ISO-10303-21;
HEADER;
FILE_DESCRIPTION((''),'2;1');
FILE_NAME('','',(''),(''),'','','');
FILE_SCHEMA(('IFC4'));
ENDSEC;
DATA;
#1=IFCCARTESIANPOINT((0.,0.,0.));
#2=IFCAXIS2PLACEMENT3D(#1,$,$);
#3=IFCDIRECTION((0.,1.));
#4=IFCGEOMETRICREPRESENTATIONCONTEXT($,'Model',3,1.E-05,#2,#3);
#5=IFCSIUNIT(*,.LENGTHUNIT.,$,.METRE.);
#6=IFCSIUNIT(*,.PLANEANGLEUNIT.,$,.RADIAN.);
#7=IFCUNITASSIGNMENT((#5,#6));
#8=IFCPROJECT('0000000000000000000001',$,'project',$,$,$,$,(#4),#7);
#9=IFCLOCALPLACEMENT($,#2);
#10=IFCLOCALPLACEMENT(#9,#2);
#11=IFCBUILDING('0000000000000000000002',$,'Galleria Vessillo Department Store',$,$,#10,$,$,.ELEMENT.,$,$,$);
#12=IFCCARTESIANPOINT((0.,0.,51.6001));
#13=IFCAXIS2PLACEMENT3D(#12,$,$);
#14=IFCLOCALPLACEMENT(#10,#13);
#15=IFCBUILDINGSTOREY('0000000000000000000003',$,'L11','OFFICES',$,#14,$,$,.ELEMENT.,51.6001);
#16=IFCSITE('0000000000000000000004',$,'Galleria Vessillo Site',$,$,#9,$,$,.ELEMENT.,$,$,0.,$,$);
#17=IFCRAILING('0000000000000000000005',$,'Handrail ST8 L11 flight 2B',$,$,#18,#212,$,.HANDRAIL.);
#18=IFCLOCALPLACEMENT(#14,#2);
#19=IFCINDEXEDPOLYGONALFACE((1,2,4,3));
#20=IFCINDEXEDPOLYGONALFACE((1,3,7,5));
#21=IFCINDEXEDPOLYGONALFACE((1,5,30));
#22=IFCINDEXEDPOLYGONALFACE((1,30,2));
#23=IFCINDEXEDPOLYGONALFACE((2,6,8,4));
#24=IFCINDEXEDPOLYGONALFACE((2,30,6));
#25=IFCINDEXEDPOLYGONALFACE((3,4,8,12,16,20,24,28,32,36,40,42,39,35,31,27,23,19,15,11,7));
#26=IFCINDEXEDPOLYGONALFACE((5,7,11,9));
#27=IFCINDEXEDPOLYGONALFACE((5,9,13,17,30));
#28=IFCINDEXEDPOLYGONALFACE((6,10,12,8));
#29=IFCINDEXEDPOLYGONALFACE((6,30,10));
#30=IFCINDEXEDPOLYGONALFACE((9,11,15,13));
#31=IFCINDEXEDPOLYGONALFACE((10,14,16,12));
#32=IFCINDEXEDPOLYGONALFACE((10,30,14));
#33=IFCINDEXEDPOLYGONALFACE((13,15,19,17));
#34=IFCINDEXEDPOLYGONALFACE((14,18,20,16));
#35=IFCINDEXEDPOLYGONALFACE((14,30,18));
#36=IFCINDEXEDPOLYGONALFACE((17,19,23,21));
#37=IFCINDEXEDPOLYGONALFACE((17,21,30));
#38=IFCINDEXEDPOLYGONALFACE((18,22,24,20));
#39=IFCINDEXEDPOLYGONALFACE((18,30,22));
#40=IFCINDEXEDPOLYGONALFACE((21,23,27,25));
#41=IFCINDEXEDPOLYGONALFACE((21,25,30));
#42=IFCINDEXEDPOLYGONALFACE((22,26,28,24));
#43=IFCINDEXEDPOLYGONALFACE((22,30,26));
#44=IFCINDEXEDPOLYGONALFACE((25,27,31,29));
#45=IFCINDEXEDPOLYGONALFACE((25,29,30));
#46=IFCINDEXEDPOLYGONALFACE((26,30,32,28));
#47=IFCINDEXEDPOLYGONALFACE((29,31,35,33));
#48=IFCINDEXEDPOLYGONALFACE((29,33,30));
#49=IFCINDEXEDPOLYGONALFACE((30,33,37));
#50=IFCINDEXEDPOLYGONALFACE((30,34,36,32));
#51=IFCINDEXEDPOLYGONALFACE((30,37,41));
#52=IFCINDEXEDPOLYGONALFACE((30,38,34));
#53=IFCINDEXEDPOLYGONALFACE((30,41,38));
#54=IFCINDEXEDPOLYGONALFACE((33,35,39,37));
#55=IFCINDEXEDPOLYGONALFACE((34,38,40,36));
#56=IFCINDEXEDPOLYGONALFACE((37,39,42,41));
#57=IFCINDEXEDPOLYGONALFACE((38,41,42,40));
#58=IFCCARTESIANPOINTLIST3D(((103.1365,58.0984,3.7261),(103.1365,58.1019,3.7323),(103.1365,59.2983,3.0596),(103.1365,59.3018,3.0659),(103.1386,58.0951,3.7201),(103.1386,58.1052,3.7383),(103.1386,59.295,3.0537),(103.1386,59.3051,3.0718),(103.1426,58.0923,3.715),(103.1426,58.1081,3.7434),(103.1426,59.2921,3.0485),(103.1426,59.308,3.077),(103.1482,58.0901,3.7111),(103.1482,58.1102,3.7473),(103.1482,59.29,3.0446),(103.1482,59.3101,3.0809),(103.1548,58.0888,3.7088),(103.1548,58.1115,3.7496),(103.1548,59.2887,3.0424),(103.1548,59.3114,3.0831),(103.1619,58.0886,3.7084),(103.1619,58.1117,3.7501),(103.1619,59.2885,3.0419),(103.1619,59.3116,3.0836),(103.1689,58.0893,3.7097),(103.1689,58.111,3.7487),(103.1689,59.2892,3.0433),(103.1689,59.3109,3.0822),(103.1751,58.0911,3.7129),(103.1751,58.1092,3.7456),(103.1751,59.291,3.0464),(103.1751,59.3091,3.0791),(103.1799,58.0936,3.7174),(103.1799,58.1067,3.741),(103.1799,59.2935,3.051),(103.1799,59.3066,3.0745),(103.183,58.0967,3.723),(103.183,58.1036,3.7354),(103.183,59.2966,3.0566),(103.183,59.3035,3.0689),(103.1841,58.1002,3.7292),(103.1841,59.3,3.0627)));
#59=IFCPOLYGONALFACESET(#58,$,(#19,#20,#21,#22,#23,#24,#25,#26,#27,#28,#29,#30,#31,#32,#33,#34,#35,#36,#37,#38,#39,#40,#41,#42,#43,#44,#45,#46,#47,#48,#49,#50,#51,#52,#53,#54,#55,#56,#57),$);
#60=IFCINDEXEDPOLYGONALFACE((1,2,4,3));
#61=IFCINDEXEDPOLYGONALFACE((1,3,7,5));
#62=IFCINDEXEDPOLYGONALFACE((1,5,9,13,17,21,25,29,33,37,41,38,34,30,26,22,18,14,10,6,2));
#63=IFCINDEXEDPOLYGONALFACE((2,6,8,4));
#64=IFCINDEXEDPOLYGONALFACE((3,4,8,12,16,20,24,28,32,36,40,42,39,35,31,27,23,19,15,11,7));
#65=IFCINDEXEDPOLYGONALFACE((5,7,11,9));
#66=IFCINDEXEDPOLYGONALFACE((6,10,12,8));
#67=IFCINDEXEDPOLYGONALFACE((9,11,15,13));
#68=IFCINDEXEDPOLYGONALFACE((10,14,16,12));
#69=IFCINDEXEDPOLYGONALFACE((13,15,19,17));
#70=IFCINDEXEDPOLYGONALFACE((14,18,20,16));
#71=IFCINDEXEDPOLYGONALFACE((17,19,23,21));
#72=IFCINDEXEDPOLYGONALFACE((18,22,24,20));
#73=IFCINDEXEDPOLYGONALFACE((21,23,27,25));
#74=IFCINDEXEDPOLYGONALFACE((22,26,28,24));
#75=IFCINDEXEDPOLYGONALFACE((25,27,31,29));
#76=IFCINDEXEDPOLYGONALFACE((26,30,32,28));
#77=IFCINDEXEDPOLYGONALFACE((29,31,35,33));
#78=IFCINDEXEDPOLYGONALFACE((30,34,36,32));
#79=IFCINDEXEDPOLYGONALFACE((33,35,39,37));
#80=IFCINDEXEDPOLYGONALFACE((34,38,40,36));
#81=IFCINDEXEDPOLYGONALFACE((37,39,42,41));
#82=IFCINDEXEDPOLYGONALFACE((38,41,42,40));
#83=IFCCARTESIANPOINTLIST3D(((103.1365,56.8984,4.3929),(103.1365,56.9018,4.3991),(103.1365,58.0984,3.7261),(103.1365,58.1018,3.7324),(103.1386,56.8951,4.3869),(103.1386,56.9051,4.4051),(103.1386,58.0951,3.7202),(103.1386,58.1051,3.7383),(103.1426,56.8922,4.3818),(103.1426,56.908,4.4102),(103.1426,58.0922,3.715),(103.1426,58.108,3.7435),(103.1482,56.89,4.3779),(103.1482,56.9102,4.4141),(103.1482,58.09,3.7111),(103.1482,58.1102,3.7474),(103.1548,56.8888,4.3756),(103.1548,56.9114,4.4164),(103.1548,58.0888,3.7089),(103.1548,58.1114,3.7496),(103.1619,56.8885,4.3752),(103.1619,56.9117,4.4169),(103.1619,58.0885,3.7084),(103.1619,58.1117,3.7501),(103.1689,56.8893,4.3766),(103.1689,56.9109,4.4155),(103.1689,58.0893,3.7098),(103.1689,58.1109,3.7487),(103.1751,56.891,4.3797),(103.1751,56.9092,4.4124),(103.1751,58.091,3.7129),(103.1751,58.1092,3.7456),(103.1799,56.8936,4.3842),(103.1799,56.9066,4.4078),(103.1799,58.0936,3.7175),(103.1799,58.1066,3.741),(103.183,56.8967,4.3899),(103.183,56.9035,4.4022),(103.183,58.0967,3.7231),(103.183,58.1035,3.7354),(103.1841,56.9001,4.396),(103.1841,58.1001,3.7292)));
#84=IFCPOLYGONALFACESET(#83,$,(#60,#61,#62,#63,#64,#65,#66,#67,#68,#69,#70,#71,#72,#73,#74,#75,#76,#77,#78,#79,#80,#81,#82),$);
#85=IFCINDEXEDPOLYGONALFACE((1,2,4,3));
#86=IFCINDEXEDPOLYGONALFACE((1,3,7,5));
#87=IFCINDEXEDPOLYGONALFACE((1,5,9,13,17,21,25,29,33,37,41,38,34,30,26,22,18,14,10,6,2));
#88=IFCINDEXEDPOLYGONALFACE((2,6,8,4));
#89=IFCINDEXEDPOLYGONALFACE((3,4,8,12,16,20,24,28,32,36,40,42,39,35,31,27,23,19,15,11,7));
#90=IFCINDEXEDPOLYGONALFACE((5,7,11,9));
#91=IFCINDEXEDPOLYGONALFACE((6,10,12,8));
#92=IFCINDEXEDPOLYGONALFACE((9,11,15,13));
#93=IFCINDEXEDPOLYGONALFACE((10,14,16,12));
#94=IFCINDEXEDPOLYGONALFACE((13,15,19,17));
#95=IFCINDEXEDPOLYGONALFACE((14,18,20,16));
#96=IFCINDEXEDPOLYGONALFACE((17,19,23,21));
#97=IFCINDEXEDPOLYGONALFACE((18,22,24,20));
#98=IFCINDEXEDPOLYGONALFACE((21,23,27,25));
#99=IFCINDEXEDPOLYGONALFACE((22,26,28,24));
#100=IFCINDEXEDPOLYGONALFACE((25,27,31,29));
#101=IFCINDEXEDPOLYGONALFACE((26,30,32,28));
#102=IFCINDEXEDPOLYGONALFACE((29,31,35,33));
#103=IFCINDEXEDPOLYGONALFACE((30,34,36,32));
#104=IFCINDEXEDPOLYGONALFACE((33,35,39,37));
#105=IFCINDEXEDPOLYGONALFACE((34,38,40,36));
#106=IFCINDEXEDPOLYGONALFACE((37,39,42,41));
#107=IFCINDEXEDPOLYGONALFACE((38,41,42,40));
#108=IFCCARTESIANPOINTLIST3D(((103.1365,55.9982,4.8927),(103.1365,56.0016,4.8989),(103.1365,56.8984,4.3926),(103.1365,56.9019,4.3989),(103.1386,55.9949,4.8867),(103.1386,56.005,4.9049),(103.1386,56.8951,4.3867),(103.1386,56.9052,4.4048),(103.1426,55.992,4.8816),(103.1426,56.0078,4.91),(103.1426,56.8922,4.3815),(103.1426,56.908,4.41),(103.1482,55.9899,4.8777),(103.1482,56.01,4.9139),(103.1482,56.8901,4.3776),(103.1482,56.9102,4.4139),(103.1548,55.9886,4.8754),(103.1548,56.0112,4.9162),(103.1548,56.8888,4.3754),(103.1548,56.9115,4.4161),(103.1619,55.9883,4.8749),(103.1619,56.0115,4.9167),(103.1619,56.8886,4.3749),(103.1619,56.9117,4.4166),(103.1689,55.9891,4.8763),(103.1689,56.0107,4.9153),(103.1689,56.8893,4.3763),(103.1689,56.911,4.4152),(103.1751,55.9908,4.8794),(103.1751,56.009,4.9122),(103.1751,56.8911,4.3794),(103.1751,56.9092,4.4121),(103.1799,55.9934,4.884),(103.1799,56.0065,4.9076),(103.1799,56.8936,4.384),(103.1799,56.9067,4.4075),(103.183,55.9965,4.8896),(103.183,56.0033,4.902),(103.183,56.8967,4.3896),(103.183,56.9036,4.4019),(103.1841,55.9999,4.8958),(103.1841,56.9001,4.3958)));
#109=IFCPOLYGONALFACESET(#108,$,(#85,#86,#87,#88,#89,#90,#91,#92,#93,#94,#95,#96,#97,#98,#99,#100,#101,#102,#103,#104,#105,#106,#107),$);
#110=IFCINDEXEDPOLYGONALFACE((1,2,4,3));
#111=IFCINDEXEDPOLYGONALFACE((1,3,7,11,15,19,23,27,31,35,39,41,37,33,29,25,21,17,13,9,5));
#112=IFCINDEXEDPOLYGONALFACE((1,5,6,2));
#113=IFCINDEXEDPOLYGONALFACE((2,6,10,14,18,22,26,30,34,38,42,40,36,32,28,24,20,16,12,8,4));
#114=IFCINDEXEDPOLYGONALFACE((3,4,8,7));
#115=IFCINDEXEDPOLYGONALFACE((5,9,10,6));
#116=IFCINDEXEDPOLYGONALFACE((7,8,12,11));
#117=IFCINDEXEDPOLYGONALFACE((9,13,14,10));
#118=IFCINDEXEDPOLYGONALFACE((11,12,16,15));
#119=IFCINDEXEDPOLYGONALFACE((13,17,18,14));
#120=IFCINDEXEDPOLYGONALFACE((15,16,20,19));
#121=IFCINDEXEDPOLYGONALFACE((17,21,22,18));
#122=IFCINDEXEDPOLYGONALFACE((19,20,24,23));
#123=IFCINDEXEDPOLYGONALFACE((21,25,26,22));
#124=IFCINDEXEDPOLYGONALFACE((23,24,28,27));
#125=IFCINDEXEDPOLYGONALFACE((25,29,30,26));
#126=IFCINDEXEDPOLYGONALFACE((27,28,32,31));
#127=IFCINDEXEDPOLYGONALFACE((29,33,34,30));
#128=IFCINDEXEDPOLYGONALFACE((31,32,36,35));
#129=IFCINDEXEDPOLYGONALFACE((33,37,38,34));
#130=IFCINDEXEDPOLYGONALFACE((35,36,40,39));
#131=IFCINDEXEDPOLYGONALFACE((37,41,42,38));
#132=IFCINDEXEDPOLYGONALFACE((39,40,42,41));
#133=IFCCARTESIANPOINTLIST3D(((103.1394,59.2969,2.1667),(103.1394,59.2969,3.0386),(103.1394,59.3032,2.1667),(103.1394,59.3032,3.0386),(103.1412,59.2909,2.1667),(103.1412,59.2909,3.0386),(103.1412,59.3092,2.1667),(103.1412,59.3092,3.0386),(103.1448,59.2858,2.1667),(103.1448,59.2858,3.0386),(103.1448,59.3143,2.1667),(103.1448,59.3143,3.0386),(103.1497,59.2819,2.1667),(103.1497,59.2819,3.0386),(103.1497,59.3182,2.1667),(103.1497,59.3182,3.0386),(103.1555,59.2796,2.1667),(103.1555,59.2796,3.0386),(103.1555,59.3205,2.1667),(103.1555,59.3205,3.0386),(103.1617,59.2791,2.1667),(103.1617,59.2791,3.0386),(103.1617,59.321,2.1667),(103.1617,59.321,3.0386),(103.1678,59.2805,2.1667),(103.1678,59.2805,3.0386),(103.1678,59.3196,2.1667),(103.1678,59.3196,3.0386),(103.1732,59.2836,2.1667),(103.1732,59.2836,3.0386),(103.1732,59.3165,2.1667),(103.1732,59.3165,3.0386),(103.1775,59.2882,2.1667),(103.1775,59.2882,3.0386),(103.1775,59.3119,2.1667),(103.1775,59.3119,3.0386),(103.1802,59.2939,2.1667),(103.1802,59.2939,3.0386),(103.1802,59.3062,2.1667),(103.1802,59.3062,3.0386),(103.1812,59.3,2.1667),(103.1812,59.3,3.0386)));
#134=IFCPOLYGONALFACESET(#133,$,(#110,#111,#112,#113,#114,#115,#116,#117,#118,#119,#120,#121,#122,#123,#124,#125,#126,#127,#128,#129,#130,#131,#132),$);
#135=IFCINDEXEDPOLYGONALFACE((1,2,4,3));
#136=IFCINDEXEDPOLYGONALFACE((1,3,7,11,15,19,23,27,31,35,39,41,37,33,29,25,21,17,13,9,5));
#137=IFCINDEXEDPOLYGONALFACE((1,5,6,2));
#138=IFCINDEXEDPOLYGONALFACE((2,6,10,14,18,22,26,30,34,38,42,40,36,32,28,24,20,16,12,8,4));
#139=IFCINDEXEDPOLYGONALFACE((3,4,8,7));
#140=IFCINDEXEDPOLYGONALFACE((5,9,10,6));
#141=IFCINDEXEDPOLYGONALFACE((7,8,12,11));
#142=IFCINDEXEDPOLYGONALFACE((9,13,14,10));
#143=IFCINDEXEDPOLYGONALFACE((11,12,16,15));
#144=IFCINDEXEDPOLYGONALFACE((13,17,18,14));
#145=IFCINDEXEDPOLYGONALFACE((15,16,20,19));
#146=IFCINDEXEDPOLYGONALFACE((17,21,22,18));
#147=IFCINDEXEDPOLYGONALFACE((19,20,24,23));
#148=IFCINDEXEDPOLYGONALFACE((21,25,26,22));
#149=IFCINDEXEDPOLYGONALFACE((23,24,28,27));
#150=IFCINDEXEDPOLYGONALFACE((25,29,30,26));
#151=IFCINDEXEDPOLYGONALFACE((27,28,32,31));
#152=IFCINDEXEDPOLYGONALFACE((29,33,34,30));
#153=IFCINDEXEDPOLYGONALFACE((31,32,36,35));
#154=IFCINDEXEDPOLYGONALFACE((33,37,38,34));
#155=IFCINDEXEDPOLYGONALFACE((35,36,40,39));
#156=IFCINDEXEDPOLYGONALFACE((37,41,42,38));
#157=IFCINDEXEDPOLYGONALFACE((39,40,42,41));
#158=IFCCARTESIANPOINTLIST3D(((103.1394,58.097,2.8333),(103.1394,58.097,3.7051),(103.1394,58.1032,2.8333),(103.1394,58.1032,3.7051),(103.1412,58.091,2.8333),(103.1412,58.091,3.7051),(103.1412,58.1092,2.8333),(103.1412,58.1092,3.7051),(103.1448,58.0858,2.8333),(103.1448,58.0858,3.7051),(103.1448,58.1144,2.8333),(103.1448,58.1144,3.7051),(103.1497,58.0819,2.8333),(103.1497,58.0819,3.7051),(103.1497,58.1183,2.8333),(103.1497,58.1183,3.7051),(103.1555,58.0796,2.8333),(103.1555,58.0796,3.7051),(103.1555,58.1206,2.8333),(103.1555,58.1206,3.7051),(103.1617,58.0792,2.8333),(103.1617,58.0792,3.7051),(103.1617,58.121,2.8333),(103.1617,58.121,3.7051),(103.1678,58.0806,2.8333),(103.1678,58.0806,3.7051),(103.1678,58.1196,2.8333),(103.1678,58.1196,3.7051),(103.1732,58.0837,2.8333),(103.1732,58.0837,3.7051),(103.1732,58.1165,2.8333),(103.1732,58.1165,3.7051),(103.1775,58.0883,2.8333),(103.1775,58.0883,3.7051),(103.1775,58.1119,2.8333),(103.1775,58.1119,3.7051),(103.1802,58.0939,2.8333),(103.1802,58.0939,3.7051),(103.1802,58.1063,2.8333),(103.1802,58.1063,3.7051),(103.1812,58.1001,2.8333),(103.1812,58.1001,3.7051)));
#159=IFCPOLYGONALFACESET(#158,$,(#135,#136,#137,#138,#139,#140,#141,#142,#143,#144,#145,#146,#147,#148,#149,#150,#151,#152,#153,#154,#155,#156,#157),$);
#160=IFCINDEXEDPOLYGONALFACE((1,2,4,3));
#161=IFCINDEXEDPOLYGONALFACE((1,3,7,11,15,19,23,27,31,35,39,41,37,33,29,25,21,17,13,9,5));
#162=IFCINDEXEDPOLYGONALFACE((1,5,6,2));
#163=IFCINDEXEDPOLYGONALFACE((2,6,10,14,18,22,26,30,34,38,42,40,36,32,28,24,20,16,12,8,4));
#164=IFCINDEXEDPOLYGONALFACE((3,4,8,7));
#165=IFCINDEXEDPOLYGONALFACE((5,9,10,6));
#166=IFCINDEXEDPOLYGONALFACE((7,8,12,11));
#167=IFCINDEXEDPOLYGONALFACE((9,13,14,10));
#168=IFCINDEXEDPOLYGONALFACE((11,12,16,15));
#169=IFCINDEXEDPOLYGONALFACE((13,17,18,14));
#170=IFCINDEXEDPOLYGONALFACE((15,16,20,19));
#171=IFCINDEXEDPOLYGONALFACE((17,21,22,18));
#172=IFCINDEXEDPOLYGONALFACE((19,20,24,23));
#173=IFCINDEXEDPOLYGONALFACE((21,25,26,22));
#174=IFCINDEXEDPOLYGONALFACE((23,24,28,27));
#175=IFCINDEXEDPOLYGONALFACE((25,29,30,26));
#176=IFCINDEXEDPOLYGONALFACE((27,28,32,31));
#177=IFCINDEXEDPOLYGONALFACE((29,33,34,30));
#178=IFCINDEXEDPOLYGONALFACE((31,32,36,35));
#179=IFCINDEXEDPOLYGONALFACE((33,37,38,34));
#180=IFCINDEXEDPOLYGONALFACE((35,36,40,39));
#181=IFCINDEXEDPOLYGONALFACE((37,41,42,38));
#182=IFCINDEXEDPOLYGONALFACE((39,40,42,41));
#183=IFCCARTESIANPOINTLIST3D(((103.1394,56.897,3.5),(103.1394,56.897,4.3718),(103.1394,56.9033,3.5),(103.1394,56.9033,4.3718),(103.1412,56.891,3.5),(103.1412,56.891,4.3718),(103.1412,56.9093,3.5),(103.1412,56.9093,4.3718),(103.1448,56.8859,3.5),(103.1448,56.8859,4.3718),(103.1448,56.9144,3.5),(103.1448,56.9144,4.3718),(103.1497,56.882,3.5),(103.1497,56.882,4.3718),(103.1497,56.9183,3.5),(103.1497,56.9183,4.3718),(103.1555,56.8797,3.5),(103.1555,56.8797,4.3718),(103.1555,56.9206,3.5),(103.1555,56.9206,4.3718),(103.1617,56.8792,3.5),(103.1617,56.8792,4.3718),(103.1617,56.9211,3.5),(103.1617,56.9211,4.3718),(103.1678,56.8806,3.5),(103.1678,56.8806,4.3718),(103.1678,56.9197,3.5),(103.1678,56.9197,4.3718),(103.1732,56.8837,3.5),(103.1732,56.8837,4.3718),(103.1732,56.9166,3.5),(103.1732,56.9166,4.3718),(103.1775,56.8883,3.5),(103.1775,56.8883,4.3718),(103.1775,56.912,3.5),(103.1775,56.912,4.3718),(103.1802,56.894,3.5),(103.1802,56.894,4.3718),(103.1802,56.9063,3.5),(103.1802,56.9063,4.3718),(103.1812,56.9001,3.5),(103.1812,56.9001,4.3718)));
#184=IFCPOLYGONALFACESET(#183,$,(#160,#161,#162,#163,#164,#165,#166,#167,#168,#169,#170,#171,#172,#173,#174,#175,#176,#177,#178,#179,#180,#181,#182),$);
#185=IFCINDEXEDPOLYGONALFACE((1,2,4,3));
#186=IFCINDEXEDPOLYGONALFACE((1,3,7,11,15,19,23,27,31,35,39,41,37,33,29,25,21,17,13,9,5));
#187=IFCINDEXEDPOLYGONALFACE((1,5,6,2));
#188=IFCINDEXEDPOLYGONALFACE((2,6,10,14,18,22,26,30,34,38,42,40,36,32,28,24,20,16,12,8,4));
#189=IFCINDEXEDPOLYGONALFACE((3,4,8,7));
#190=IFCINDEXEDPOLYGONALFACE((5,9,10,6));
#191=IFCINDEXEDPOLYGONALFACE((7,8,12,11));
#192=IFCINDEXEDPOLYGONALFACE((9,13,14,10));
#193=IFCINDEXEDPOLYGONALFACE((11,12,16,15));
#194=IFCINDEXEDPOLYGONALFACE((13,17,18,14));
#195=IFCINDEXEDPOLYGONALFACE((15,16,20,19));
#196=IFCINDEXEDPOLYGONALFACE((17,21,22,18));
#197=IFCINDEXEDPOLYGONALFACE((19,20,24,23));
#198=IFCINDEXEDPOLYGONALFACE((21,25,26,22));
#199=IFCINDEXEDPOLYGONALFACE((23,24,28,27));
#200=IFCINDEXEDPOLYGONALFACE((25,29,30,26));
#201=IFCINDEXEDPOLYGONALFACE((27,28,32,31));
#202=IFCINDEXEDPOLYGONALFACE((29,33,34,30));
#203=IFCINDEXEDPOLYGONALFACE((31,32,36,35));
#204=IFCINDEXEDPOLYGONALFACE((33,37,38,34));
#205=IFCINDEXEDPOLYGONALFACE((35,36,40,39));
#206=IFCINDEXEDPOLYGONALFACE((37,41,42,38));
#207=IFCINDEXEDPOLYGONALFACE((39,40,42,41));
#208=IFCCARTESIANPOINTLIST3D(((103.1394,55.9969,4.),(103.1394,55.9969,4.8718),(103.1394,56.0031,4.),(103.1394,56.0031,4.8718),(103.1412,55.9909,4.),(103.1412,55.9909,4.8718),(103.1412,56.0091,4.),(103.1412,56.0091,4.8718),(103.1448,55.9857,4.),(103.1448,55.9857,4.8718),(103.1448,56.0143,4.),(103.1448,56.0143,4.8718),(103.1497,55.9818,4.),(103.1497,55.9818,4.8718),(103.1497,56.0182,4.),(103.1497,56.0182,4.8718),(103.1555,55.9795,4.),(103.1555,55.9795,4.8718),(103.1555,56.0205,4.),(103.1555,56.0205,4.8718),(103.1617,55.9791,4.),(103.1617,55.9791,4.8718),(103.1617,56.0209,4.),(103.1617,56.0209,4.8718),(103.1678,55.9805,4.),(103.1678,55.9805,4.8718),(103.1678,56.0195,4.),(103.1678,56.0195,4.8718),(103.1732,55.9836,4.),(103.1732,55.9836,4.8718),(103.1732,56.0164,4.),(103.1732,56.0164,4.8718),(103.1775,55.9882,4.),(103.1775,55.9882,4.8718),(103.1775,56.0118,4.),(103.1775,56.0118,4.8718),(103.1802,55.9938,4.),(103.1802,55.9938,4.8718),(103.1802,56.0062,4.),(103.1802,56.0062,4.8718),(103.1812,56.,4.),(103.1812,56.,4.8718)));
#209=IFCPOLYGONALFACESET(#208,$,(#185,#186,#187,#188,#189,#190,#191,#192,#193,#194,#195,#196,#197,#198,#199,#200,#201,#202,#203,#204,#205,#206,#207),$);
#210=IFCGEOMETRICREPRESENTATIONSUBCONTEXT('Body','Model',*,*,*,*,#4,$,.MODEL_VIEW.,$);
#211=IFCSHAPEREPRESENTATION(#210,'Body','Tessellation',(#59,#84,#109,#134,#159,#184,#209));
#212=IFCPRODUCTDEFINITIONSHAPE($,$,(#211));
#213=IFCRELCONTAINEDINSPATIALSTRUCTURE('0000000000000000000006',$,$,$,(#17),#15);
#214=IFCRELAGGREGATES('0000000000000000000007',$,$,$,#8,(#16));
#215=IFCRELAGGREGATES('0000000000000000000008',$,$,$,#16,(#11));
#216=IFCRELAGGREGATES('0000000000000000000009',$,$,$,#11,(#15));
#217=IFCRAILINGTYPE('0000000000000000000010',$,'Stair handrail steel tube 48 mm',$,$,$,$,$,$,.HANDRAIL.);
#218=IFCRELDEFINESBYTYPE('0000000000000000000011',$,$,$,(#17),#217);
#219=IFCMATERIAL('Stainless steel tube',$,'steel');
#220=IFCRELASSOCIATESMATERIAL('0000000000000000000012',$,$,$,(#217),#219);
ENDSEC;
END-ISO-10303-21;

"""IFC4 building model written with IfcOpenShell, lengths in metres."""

from ifc_helpers import new_model, si_unit, direction, frame, origin, origin_2d, place, context, subcontext, project, spatial, circle, extrude, material, type_object, element, save


model = new_model("IFC4")

# Units and contexts
model_context = context("Model", 3, precision=1e-05, world=origin(), true_north=direction((0.0, 1.0)))
body_context = subcontext(model_context, "Body", "Model", "MODEL_VIEW")
ifc_project = project(units=[si_unit("LENGTHUNIT", "METRE"), si_unit("PLANEANGLEUNIT", "RADIAN")], contexts=[model_context])

# Site, building, storey
site_placement = place(None, origin())
site = spatial("IfcSite", under=ifc_project, at=site_placement, Name="Galleria Vessillo Site", CompositionType="ELEMENT", RefElevation=0.0)
building_placement = place(site_placement, origin())
building = spatial("IfcBuilding", under=site, at=building_placement, Name="Galleria Vessillo Department Store", CompositionType="ELEMENT")
storey_placement = place(building_placement, frame((0.0, 0.0, 51.6001)))
storey = spatial("IfcBuildingStorey", under=building, at=storey_placement, Name="L11", Description="OFFICES", CompositionType="ELEMENT", Elevation=51.6001)

# Railing
ifc_material_1 = material(Name="Stainless steel tube", Category="steel")
railing_type = type_object("IfcRailingType", Name="Stair handrail steel tube 48 mm", PredefinedType="HANDRAIL", material=ifc_material_1)
for number, where, name in (
    (1, (103.1602, 59.3, 2.1667), "Handrail ST8 L11 flight 2B"),
):
    element("IfcRailing", number, at=place(storey_placement, frame(where)), inside=storey, type_object=railing_type, Name=name, PredefinedType="HANDRAIL", context=body_context, shape_type="SweptSolid", body=[
        extrude(circle(Radius=0.0239, at=origin_2d()), frame((0.0, 0.0, 0.896), z_axis=(0.0, -0.874199, 0.485567), x_axis=(1.0, 0.0, 0.0)), (0.0, 0.0, 1.0), 1.3726),
        extrude(circle(Radius=0.0239, at=origin_2d()), frame((0.0, -1.2, 1.5625), z_axis=(0.0, -0.874124, 0.485703), x_axis=(1.0, 0.0, 0.0)), (0.0, 0.0, 1.0), 1.3728),
        extrude(circle(Radius=0.0239, at=origin_2d()), frame((0.0, -2.3999, 2.229), z_axis=(0.0, -0.874191, 0.485583), x_axis=(1.0, 0.0, 0.0)), (0.0, 0.0, 1.0), 1.0298),
        extrude(circle(Radius=0.021, at=origin_2d()), origin(), (0.0, 0.0, 1.0), 0.8718),
        extrude(circle(Radius=0.021, at=origin_2d()), frame((0.0, -1.2, 0.6665)), (0.0, 0.0, 1.0), 0.8718),
        extrude(circle(Radius=0.021, at=origin_2d()), frame((0.0, -2.3999, 1.3333)), (0.0, 0.0, 1.0), 0.8718),
        extrude(circle(Radius=0.021, at=origin_2d()), frame((0.0, -3.3, 1.8333)), (0.0, 0.0, 1.0), 0.8718),
    ])

save(model, "model.ifc")
